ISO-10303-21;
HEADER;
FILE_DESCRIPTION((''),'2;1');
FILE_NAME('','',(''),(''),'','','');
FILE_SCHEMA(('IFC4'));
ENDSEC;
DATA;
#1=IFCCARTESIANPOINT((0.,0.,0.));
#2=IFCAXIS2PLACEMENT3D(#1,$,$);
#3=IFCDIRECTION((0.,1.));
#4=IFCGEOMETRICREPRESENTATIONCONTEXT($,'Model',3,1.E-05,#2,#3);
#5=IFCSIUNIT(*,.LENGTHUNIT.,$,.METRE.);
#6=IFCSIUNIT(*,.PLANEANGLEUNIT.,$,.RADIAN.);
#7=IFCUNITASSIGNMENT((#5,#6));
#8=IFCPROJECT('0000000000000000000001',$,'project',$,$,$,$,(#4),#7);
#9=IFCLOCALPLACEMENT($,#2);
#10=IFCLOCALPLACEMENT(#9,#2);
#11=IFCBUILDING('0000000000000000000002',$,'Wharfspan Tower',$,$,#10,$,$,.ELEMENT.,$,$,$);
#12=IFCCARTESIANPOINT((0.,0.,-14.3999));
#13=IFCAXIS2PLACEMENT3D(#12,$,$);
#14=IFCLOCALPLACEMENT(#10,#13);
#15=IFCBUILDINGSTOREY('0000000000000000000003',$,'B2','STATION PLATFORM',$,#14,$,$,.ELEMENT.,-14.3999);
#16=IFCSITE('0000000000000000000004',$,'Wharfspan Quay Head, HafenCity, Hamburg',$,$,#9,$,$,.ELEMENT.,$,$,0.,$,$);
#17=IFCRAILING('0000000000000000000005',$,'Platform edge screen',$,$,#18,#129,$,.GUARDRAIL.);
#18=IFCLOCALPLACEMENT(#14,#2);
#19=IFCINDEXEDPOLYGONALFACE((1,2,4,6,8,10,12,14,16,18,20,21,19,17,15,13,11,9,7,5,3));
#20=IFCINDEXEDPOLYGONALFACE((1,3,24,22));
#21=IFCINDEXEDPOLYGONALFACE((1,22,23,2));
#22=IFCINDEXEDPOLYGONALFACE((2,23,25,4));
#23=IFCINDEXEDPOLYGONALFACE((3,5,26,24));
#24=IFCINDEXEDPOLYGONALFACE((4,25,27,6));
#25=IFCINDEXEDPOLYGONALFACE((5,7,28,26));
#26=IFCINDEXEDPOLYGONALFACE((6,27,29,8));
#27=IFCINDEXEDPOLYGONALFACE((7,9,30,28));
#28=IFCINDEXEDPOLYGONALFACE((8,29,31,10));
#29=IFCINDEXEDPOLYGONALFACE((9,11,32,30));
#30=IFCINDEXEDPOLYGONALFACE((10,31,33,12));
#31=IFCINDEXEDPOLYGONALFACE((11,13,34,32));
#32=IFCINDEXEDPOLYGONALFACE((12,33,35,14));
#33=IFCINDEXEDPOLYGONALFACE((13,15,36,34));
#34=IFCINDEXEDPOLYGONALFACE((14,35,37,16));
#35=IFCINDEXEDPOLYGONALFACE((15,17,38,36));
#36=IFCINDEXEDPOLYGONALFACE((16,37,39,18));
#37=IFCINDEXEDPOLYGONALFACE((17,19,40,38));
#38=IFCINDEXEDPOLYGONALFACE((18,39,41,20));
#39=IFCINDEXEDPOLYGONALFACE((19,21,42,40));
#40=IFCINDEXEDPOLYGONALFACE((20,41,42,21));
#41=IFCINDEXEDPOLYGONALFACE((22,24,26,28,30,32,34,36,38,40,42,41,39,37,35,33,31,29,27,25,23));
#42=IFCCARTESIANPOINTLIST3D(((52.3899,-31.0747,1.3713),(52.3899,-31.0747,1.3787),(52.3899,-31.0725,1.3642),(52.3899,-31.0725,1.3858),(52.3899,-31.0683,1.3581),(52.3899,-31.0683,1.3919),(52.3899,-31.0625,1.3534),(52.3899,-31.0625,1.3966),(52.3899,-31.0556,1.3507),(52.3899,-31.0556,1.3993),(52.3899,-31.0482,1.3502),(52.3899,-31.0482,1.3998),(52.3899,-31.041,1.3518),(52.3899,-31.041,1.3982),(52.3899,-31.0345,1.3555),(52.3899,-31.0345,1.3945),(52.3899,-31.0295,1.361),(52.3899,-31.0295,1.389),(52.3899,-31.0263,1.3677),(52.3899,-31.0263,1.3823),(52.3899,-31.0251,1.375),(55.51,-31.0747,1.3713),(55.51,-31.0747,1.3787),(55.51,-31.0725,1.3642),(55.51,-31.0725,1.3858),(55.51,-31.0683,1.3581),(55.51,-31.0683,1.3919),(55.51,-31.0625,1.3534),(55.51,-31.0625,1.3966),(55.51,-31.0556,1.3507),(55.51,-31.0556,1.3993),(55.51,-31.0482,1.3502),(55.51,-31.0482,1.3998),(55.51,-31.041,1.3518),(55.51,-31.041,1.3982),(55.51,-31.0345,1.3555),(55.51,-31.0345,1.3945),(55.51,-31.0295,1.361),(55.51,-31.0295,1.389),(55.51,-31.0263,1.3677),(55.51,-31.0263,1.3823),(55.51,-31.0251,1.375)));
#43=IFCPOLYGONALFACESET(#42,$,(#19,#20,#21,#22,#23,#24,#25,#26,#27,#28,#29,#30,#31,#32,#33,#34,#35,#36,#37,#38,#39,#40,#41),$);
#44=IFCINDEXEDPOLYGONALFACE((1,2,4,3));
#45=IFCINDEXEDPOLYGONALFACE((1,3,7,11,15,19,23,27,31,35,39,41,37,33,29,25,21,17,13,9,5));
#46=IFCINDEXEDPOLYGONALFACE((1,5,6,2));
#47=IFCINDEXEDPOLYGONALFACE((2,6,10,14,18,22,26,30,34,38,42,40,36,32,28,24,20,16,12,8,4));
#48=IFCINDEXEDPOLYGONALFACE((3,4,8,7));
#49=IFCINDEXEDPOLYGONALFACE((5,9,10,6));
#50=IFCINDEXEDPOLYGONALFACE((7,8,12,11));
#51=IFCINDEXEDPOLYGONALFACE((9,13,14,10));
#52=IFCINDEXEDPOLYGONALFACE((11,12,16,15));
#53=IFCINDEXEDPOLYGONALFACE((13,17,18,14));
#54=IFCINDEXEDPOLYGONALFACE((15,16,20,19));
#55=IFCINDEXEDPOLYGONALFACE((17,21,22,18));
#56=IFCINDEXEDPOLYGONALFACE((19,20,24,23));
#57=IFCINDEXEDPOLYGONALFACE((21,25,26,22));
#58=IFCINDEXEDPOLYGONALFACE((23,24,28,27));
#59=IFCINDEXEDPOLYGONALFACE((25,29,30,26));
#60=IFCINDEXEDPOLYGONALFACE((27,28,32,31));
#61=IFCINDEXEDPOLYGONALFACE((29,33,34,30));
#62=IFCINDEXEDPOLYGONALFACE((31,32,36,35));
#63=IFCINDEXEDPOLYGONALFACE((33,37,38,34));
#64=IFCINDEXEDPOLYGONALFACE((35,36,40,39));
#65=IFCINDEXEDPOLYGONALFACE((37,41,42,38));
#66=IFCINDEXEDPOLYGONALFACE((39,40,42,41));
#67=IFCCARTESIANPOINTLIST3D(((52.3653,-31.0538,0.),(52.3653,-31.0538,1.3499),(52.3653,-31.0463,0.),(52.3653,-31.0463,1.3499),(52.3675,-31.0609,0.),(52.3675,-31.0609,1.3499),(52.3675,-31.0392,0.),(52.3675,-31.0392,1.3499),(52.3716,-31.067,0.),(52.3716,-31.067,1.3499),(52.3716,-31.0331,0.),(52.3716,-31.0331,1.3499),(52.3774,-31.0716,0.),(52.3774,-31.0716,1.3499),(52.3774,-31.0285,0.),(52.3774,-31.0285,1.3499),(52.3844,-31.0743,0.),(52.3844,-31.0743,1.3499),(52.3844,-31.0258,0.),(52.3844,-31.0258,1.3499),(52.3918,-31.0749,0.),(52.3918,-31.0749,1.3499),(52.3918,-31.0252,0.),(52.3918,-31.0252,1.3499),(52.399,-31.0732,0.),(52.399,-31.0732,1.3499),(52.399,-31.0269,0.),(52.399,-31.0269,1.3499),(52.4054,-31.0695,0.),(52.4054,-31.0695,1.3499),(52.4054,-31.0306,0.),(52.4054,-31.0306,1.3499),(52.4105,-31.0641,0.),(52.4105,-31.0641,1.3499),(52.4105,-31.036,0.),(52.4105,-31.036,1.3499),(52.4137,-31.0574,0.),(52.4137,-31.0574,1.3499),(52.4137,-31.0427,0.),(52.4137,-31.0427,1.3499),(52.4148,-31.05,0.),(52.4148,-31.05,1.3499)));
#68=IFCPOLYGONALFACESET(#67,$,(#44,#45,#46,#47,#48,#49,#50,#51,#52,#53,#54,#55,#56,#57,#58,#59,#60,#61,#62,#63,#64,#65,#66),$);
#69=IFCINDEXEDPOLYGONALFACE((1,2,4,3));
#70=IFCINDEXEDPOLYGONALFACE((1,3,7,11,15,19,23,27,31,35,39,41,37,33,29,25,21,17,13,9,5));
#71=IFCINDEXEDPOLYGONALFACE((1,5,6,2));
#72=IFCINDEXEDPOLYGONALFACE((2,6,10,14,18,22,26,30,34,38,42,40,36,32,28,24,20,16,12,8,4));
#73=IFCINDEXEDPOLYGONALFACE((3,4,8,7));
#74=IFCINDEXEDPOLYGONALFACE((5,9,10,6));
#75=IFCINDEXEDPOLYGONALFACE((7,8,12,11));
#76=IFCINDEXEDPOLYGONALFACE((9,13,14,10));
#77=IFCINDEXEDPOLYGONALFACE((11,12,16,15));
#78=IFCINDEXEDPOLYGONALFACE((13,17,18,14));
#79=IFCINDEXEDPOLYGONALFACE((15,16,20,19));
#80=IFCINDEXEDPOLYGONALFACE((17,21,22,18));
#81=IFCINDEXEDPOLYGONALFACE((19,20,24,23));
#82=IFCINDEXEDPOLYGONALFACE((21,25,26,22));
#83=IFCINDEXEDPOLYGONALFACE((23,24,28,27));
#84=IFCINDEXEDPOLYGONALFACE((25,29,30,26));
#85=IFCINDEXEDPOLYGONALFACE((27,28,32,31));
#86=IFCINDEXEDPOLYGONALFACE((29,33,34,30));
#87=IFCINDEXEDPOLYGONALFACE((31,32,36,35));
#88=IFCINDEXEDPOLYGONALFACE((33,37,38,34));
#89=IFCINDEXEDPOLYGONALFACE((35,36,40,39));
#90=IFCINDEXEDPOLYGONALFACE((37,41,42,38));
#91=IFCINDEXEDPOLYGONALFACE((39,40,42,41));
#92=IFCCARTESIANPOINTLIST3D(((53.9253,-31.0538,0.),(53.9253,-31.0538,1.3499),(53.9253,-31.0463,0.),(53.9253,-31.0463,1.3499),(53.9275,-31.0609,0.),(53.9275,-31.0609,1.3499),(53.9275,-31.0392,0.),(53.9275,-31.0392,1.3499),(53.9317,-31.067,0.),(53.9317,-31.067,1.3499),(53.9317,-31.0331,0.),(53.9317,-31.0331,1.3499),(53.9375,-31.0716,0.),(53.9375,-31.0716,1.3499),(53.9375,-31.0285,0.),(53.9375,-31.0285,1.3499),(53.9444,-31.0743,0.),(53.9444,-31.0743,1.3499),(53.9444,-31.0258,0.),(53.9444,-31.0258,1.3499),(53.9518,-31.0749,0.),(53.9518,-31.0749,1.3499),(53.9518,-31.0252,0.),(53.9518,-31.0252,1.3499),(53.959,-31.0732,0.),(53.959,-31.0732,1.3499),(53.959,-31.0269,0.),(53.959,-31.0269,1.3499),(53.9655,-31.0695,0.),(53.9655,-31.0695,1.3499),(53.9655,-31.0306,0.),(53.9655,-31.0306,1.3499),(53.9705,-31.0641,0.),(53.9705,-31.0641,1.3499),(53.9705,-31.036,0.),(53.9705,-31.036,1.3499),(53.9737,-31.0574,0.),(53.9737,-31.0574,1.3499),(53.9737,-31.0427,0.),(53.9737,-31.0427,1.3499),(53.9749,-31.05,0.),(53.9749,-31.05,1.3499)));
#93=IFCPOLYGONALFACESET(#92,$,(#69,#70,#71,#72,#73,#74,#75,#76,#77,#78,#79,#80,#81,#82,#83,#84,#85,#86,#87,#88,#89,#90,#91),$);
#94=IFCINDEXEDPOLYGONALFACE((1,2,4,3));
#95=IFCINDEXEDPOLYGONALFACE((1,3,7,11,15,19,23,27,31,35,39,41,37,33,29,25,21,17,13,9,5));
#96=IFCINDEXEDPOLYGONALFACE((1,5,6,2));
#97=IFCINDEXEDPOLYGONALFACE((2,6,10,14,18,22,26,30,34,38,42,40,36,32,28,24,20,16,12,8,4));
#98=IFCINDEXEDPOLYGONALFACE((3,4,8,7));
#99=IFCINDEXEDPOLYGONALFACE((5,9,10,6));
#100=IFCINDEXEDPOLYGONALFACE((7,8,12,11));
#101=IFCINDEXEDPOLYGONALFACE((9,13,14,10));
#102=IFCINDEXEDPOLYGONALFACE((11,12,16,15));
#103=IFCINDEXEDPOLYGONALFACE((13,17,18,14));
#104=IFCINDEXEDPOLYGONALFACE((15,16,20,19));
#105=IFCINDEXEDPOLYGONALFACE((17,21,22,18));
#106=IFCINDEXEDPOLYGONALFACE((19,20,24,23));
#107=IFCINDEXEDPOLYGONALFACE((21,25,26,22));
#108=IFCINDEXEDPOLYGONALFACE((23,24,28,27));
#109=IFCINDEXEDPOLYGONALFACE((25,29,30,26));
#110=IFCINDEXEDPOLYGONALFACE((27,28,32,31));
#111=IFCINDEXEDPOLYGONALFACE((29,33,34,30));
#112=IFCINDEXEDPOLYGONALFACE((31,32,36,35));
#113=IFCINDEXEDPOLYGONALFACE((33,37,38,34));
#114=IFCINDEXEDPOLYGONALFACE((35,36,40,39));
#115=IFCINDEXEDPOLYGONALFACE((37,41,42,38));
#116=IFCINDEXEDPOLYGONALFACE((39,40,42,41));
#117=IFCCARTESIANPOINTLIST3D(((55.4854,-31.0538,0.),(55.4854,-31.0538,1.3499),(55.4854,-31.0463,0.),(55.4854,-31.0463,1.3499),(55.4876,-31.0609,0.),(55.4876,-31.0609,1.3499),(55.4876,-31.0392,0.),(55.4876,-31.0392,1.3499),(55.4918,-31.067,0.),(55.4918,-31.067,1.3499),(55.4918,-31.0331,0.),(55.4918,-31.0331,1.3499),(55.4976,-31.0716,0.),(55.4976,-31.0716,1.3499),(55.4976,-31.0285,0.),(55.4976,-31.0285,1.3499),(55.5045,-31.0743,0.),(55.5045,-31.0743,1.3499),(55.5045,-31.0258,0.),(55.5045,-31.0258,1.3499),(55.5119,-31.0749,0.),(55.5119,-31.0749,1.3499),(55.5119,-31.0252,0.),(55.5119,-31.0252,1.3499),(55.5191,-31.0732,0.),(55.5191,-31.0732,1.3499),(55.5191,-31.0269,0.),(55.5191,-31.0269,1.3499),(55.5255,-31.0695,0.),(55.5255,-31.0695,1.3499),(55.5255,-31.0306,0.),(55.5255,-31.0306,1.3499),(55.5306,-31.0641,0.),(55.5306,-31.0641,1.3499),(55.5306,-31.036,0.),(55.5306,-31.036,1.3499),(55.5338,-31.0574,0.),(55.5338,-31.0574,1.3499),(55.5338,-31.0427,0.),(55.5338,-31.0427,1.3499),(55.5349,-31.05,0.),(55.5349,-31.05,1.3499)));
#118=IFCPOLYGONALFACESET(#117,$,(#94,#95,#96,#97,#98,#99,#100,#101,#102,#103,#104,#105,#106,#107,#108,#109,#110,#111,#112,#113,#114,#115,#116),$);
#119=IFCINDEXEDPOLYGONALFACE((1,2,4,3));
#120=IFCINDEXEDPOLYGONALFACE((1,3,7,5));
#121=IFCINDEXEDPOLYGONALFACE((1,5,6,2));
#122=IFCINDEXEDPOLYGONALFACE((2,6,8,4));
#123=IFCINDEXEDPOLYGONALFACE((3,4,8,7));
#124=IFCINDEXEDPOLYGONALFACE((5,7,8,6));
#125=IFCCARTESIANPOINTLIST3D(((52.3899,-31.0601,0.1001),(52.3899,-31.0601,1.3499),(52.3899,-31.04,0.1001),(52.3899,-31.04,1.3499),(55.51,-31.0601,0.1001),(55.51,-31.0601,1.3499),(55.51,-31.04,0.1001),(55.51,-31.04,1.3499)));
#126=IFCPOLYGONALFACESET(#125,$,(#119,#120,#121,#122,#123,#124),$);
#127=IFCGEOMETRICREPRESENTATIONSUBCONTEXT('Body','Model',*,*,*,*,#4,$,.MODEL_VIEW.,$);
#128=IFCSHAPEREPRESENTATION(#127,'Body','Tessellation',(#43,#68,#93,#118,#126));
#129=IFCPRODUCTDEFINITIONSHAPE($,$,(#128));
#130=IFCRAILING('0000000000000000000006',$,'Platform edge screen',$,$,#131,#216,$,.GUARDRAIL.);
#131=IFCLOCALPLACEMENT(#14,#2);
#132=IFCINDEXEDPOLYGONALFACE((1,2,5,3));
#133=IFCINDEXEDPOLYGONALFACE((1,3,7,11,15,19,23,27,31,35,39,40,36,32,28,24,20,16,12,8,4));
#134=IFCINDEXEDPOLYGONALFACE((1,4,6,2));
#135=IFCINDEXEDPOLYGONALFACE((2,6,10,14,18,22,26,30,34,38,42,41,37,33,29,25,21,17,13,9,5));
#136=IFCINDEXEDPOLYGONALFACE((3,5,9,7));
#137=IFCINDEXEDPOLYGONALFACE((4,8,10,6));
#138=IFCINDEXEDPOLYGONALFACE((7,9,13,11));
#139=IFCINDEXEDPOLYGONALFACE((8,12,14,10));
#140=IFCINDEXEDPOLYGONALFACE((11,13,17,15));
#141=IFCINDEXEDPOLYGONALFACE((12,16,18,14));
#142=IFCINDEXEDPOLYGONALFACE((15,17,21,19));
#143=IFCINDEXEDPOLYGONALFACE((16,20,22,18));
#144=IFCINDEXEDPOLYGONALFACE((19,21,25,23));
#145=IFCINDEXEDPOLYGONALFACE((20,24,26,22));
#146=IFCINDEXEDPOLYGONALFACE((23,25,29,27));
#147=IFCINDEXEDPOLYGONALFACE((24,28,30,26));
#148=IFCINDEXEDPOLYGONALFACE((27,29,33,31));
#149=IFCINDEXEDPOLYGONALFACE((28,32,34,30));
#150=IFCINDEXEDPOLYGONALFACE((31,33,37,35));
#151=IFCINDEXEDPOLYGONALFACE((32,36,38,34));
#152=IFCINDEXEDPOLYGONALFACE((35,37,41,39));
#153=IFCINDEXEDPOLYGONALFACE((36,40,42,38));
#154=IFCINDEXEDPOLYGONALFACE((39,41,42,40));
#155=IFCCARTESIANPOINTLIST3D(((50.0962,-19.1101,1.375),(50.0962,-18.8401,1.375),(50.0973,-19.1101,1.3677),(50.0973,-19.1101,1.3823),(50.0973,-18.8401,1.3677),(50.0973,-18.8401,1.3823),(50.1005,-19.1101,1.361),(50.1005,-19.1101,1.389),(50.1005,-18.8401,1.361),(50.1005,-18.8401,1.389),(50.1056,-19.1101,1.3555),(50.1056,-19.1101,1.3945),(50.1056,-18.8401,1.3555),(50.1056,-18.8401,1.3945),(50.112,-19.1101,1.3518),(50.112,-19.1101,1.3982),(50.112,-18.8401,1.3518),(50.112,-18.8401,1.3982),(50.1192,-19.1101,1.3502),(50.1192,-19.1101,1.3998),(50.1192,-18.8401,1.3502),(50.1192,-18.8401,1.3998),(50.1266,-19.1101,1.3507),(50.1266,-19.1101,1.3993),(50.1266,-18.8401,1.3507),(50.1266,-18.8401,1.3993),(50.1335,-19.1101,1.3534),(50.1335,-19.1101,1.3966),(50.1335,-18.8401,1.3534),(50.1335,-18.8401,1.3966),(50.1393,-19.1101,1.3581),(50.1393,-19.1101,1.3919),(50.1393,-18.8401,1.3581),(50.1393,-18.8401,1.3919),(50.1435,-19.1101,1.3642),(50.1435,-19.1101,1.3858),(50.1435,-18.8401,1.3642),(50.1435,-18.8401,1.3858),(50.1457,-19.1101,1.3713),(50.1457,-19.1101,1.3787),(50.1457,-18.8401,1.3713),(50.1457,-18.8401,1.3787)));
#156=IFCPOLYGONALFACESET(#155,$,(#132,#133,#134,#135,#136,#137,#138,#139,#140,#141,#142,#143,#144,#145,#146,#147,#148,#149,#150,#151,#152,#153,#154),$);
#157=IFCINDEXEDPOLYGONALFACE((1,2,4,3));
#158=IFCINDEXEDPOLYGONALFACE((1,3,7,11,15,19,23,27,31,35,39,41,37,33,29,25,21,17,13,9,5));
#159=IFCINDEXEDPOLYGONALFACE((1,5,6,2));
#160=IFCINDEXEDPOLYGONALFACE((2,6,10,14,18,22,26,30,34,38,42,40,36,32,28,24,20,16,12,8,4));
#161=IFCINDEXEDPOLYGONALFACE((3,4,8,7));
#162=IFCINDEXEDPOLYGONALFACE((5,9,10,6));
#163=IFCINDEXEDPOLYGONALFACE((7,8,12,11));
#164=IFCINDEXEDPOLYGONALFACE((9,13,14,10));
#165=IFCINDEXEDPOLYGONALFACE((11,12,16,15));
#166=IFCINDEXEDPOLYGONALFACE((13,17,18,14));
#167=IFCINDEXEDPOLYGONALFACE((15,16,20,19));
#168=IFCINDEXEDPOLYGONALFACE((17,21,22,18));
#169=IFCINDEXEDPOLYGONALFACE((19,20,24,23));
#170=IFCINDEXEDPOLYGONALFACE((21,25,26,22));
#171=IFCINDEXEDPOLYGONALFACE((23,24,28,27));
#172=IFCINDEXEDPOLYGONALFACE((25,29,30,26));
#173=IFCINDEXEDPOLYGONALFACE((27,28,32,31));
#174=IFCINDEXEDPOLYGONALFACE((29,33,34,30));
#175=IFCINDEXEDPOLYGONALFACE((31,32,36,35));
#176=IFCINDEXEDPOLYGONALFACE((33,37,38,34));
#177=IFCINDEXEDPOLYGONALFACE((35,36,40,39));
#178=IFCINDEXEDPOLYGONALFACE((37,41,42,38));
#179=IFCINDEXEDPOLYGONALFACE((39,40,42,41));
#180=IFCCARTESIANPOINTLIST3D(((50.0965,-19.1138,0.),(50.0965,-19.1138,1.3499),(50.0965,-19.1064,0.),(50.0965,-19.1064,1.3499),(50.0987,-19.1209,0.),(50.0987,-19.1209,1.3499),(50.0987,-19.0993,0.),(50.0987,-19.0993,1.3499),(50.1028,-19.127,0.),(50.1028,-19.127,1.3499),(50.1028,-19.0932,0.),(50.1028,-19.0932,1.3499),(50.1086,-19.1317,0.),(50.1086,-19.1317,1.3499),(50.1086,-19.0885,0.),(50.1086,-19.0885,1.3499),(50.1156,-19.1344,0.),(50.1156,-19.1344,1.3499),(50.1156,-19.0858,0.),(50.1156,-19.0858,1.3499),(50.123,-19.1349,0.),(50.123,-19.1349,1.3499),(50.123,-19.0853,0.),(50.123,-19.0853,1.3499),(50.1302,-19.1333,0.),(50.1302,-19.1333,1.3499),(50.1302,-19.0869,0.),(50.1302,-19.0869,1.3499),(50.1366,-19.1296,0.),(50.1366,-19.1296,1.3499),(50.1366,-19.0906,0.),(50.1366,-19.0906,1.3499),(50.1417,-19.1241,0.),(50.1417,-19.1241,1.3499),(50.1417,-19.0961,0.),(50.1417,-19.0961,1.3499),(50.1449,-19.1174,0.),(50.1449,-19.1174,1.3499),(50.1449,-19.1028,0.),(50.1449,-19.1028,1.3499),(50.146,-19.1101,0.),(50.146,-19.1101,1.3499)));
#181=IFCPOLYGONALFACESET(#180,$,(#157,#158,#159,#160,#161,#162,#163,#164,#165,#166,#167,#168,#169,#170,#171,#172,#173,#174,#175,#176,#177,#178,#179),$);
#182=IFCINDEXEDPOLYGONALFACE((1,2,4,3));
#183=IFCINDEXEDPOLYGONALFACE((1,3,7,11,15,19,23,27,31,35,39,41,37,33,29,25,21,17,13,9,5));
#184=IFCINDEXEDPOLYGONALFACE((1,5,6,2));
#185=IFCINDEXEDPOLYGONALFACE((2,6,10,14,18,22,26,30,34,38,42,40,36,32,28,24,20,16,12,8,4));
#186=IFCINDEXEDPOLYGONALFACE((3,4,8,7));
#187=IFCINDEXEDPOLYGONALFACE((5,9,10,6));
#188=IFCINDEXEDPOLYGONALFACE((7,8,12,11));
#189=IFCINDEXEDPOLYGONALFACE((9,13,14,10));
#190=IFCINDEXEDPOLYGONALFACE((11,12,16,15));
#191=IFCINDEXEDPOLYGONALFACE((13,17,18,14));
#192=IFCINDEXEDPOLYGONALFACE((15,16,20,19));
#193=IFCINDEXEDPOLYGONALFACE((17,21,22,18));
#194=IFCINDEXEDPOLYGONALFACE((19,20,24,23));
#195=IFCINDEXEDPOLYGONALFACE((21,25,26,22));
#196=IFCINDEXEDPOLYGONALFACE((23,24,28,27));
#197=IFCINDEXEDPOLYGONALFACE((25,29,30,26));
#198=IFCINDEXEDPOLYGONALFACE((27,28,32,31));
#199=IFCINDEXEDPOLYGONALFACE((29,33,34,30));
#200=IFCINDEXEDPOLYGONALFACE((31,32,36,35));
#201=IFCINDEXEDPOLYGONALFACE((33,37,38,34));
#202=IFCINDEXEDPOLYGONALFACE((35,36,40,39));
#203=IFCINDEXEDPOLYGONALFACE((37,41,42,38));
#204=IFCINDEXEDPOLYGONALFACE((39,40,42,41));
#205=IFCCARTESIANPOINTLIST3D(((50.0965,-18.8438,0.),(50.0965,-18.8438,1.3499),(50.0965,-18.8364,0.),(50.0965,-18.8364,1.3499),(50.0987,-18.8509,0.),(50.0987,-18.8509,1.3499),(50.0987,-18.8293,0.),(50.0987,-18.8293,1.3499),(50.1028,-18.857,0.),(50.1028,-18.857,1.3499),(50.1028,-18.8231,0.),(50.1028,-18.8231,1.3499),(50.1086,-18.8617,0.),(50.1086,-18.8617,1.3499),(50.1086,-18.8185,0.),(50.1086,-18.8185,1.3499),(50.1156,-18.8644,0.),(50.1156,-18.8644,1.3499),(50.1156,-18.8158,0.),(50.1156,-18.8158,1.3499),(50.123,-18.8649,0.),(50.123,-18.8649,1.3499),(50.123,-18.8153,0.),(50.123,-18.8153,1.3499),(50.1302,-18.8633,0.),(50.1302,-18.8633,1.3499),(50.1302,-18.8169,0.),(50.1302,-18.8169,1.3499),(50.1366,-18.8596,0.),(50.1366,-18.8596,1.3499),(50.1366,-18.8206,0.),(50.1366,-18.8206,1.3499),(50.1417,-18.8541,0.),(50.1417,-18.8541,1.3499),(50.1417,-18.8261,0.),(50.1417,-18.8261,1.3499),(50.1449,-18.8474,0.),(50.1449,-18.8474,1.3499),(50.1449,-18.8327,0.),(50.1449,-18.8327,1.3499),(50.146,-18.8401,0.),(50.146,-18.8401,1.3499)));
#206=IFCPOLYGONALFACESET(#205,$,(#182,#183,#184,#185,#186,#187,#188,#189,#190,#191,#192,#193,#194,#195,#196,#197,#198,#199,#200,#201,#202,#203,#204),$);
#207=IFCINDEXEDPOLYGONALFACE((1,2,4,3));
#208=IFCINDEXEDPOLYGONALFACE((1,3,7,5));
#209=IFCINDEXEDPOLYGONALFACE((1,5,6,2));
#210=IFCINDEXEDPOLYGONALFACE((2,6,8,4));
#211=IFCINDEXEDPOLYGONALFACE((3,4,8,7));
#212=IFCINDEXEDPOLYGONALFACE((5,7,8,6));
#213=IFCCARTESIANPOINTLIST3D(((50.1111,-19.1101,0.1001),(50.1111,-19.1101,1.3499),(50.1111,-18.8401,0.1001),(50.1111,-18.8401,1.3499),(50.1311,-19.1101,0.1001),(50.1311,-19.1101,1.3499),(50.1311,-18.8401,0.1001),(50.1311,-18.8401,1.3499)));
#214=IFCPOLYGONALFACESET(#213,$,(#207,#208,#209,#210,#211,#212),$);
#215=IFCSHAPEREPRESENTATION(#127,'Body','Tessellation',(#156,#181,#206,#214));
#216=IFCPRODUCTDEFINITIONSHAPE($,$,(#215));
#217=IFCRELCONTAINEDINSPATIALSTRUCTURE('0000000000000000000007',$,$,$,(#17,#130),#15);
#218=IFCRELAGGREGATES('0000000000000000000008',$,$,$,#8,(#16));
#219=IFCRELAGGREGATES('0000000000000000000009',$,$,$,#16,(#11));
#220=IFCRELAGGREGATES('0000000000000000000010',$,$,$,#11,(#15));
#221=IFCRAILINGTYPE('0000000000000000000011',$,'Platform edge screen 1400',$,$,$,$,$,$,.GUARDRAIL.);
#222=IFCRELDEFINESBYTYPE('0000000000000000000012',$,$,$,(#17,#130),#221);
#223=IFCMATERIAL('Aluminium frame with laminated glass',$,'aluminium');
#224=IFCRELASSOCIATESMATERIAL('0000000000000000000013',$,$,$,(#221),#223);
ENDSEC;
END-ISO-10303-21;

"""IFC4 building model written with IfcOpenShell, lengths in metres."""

from ifc_helpers import new_model, si_unit, direction, frame, origin, origin_2d, place, context, subcontext, project, spatial, rectangle, circle, extrude, material, type_object, element, save


model = new_model("IFC4")

# Units and contexts
model_context = context("Model", 3, precision=1e-05, world=origin(), true_north=direction((0.0, 1.0)))
body_context = subcontext(model_context, "Body", "Model", "MODEL_VIEW")
ifc_project = project(units=[si_unit("LENGTHUNIT", "METRE"), si_unit("PLANEANGLEUNIT", "RADIAN")], contexts=[model_context])

# Site, building, storey
site_placement = place(None, origin())
site = spatial("IfcSite", under=ifc_project, at=site_placement, Name="Wharfspan Quay Head, HafenCity, Hamburg", CompositionType="ELEMENT", RefElevation=0.0)
building_placement = place(site_placement, origin())
building = spatial("IfcBuilding", under=site, at=building_placement, Name="Wharfspan Tower", CompositionType="ELEMENT")
storey_placement = place(building_placement, frame((0.0, 0.0, -14.3999)))
storey = spatial("IfcBuildingStorey", under=building, at=storey_placement, Name="B2", Description="STATION PLATFORM", CompositionType="ELEMENT", Elevation=-14.3999)

# Railings
ifc_material_1 = material(Name="Aluminium frame with laminated glass", Category="aluminium")
railing_type_1 = type_object("IfcRailingType", Name="Platform edge screen 1400", PredefinedType="GUARDRAIL", material=ifc_material_1)
for number, where, name in (
    (1, (52.3899, -31.05, 0.0), "Platform edge screen"),
):
    element("IfcRailing", number, at=place(storey_placement, frame(where)), inside=storey, type_object=railing_type_1, Name=name, PredefinedType="GUARDRAIL", context=body_context, shape_type="SweptSolid", body=[
        extrude(circle(Radius=0.0249, at=origin_2d()), frame((0.0, 0.0, 1.375), z_axis=(1.0, 0.0, 0.0), x_axis=(0.0, 1.0, 0.0)), (0.0, 0.0, 1.0), 3.1201),
        extrude(circle(Radius=0.0249, at=origin_2d()), origin(), (0.0, 0.0, 1.0), 1.3499),
        extrude(circle(Radius=0.0249, at=origin_2d()), frame((1.5601, 0.0, 0.0)), (0.0, 0.0, 1.0), 1.3499),
        extrude(circle(Radius=0.0249, at=origin_2d()), frame((3.1201, 0.0, 0.0)), (0.0, 0.0, 1.0), 1.3499),
        extrude(rectangle(XDim=3.1201, YDim=0.02, at=origin_2d()), frame((1.5601, 0.0, 0.1001), z_axis=(0.0, 0.0, 1.0), x_axis=(1.0, 0.0, 0.0)), (0.0, 0.0, 1.0), 1.2498),
    ])
railing_1_placement = place(storey_placement, frame((50.1211, -19.1101, 0.0)))
element("IfcRailing", 2, at=railing_1_placement, inside=storey, type_object=railing_type_1, Name="Platform edge screen", PredefinedType="GUARDRAIL", context=body_context, shape_type="SweptSolid", body=[
    extrude(circle(Radius=0.0249, at=origin_2d()), frame((0.0, 0.0, 1.375), z_axis=(0.0, 1.0, 0.0), x_axis=(-1.0, 0.0, 0.0)), (0.0, 0.0, 1.0), 0.27),
    extrude(circle(Radius=0.0249, at=origin_2d()), origin(), (0.0, 0.0, 1.0), 1.3499),
    extrude(circle(Radius=0.0249, at=origin_2d()), frame((0.0, 0.27, 0.0)), (0.0, 0.0, 1.0), 1.3499),
    extrude(rectangle(XDim=0.27, YDim=0.02, at=origin_2d()), frame((0.0, 0.135, 0.1001), z_axis=(0.0, 0.0, 1.0), x_axis=(0.0, 1.0, 0.0)), (0.0, 0.0, 1.0), 1.2498),
])

save(model, "model.ifc")
